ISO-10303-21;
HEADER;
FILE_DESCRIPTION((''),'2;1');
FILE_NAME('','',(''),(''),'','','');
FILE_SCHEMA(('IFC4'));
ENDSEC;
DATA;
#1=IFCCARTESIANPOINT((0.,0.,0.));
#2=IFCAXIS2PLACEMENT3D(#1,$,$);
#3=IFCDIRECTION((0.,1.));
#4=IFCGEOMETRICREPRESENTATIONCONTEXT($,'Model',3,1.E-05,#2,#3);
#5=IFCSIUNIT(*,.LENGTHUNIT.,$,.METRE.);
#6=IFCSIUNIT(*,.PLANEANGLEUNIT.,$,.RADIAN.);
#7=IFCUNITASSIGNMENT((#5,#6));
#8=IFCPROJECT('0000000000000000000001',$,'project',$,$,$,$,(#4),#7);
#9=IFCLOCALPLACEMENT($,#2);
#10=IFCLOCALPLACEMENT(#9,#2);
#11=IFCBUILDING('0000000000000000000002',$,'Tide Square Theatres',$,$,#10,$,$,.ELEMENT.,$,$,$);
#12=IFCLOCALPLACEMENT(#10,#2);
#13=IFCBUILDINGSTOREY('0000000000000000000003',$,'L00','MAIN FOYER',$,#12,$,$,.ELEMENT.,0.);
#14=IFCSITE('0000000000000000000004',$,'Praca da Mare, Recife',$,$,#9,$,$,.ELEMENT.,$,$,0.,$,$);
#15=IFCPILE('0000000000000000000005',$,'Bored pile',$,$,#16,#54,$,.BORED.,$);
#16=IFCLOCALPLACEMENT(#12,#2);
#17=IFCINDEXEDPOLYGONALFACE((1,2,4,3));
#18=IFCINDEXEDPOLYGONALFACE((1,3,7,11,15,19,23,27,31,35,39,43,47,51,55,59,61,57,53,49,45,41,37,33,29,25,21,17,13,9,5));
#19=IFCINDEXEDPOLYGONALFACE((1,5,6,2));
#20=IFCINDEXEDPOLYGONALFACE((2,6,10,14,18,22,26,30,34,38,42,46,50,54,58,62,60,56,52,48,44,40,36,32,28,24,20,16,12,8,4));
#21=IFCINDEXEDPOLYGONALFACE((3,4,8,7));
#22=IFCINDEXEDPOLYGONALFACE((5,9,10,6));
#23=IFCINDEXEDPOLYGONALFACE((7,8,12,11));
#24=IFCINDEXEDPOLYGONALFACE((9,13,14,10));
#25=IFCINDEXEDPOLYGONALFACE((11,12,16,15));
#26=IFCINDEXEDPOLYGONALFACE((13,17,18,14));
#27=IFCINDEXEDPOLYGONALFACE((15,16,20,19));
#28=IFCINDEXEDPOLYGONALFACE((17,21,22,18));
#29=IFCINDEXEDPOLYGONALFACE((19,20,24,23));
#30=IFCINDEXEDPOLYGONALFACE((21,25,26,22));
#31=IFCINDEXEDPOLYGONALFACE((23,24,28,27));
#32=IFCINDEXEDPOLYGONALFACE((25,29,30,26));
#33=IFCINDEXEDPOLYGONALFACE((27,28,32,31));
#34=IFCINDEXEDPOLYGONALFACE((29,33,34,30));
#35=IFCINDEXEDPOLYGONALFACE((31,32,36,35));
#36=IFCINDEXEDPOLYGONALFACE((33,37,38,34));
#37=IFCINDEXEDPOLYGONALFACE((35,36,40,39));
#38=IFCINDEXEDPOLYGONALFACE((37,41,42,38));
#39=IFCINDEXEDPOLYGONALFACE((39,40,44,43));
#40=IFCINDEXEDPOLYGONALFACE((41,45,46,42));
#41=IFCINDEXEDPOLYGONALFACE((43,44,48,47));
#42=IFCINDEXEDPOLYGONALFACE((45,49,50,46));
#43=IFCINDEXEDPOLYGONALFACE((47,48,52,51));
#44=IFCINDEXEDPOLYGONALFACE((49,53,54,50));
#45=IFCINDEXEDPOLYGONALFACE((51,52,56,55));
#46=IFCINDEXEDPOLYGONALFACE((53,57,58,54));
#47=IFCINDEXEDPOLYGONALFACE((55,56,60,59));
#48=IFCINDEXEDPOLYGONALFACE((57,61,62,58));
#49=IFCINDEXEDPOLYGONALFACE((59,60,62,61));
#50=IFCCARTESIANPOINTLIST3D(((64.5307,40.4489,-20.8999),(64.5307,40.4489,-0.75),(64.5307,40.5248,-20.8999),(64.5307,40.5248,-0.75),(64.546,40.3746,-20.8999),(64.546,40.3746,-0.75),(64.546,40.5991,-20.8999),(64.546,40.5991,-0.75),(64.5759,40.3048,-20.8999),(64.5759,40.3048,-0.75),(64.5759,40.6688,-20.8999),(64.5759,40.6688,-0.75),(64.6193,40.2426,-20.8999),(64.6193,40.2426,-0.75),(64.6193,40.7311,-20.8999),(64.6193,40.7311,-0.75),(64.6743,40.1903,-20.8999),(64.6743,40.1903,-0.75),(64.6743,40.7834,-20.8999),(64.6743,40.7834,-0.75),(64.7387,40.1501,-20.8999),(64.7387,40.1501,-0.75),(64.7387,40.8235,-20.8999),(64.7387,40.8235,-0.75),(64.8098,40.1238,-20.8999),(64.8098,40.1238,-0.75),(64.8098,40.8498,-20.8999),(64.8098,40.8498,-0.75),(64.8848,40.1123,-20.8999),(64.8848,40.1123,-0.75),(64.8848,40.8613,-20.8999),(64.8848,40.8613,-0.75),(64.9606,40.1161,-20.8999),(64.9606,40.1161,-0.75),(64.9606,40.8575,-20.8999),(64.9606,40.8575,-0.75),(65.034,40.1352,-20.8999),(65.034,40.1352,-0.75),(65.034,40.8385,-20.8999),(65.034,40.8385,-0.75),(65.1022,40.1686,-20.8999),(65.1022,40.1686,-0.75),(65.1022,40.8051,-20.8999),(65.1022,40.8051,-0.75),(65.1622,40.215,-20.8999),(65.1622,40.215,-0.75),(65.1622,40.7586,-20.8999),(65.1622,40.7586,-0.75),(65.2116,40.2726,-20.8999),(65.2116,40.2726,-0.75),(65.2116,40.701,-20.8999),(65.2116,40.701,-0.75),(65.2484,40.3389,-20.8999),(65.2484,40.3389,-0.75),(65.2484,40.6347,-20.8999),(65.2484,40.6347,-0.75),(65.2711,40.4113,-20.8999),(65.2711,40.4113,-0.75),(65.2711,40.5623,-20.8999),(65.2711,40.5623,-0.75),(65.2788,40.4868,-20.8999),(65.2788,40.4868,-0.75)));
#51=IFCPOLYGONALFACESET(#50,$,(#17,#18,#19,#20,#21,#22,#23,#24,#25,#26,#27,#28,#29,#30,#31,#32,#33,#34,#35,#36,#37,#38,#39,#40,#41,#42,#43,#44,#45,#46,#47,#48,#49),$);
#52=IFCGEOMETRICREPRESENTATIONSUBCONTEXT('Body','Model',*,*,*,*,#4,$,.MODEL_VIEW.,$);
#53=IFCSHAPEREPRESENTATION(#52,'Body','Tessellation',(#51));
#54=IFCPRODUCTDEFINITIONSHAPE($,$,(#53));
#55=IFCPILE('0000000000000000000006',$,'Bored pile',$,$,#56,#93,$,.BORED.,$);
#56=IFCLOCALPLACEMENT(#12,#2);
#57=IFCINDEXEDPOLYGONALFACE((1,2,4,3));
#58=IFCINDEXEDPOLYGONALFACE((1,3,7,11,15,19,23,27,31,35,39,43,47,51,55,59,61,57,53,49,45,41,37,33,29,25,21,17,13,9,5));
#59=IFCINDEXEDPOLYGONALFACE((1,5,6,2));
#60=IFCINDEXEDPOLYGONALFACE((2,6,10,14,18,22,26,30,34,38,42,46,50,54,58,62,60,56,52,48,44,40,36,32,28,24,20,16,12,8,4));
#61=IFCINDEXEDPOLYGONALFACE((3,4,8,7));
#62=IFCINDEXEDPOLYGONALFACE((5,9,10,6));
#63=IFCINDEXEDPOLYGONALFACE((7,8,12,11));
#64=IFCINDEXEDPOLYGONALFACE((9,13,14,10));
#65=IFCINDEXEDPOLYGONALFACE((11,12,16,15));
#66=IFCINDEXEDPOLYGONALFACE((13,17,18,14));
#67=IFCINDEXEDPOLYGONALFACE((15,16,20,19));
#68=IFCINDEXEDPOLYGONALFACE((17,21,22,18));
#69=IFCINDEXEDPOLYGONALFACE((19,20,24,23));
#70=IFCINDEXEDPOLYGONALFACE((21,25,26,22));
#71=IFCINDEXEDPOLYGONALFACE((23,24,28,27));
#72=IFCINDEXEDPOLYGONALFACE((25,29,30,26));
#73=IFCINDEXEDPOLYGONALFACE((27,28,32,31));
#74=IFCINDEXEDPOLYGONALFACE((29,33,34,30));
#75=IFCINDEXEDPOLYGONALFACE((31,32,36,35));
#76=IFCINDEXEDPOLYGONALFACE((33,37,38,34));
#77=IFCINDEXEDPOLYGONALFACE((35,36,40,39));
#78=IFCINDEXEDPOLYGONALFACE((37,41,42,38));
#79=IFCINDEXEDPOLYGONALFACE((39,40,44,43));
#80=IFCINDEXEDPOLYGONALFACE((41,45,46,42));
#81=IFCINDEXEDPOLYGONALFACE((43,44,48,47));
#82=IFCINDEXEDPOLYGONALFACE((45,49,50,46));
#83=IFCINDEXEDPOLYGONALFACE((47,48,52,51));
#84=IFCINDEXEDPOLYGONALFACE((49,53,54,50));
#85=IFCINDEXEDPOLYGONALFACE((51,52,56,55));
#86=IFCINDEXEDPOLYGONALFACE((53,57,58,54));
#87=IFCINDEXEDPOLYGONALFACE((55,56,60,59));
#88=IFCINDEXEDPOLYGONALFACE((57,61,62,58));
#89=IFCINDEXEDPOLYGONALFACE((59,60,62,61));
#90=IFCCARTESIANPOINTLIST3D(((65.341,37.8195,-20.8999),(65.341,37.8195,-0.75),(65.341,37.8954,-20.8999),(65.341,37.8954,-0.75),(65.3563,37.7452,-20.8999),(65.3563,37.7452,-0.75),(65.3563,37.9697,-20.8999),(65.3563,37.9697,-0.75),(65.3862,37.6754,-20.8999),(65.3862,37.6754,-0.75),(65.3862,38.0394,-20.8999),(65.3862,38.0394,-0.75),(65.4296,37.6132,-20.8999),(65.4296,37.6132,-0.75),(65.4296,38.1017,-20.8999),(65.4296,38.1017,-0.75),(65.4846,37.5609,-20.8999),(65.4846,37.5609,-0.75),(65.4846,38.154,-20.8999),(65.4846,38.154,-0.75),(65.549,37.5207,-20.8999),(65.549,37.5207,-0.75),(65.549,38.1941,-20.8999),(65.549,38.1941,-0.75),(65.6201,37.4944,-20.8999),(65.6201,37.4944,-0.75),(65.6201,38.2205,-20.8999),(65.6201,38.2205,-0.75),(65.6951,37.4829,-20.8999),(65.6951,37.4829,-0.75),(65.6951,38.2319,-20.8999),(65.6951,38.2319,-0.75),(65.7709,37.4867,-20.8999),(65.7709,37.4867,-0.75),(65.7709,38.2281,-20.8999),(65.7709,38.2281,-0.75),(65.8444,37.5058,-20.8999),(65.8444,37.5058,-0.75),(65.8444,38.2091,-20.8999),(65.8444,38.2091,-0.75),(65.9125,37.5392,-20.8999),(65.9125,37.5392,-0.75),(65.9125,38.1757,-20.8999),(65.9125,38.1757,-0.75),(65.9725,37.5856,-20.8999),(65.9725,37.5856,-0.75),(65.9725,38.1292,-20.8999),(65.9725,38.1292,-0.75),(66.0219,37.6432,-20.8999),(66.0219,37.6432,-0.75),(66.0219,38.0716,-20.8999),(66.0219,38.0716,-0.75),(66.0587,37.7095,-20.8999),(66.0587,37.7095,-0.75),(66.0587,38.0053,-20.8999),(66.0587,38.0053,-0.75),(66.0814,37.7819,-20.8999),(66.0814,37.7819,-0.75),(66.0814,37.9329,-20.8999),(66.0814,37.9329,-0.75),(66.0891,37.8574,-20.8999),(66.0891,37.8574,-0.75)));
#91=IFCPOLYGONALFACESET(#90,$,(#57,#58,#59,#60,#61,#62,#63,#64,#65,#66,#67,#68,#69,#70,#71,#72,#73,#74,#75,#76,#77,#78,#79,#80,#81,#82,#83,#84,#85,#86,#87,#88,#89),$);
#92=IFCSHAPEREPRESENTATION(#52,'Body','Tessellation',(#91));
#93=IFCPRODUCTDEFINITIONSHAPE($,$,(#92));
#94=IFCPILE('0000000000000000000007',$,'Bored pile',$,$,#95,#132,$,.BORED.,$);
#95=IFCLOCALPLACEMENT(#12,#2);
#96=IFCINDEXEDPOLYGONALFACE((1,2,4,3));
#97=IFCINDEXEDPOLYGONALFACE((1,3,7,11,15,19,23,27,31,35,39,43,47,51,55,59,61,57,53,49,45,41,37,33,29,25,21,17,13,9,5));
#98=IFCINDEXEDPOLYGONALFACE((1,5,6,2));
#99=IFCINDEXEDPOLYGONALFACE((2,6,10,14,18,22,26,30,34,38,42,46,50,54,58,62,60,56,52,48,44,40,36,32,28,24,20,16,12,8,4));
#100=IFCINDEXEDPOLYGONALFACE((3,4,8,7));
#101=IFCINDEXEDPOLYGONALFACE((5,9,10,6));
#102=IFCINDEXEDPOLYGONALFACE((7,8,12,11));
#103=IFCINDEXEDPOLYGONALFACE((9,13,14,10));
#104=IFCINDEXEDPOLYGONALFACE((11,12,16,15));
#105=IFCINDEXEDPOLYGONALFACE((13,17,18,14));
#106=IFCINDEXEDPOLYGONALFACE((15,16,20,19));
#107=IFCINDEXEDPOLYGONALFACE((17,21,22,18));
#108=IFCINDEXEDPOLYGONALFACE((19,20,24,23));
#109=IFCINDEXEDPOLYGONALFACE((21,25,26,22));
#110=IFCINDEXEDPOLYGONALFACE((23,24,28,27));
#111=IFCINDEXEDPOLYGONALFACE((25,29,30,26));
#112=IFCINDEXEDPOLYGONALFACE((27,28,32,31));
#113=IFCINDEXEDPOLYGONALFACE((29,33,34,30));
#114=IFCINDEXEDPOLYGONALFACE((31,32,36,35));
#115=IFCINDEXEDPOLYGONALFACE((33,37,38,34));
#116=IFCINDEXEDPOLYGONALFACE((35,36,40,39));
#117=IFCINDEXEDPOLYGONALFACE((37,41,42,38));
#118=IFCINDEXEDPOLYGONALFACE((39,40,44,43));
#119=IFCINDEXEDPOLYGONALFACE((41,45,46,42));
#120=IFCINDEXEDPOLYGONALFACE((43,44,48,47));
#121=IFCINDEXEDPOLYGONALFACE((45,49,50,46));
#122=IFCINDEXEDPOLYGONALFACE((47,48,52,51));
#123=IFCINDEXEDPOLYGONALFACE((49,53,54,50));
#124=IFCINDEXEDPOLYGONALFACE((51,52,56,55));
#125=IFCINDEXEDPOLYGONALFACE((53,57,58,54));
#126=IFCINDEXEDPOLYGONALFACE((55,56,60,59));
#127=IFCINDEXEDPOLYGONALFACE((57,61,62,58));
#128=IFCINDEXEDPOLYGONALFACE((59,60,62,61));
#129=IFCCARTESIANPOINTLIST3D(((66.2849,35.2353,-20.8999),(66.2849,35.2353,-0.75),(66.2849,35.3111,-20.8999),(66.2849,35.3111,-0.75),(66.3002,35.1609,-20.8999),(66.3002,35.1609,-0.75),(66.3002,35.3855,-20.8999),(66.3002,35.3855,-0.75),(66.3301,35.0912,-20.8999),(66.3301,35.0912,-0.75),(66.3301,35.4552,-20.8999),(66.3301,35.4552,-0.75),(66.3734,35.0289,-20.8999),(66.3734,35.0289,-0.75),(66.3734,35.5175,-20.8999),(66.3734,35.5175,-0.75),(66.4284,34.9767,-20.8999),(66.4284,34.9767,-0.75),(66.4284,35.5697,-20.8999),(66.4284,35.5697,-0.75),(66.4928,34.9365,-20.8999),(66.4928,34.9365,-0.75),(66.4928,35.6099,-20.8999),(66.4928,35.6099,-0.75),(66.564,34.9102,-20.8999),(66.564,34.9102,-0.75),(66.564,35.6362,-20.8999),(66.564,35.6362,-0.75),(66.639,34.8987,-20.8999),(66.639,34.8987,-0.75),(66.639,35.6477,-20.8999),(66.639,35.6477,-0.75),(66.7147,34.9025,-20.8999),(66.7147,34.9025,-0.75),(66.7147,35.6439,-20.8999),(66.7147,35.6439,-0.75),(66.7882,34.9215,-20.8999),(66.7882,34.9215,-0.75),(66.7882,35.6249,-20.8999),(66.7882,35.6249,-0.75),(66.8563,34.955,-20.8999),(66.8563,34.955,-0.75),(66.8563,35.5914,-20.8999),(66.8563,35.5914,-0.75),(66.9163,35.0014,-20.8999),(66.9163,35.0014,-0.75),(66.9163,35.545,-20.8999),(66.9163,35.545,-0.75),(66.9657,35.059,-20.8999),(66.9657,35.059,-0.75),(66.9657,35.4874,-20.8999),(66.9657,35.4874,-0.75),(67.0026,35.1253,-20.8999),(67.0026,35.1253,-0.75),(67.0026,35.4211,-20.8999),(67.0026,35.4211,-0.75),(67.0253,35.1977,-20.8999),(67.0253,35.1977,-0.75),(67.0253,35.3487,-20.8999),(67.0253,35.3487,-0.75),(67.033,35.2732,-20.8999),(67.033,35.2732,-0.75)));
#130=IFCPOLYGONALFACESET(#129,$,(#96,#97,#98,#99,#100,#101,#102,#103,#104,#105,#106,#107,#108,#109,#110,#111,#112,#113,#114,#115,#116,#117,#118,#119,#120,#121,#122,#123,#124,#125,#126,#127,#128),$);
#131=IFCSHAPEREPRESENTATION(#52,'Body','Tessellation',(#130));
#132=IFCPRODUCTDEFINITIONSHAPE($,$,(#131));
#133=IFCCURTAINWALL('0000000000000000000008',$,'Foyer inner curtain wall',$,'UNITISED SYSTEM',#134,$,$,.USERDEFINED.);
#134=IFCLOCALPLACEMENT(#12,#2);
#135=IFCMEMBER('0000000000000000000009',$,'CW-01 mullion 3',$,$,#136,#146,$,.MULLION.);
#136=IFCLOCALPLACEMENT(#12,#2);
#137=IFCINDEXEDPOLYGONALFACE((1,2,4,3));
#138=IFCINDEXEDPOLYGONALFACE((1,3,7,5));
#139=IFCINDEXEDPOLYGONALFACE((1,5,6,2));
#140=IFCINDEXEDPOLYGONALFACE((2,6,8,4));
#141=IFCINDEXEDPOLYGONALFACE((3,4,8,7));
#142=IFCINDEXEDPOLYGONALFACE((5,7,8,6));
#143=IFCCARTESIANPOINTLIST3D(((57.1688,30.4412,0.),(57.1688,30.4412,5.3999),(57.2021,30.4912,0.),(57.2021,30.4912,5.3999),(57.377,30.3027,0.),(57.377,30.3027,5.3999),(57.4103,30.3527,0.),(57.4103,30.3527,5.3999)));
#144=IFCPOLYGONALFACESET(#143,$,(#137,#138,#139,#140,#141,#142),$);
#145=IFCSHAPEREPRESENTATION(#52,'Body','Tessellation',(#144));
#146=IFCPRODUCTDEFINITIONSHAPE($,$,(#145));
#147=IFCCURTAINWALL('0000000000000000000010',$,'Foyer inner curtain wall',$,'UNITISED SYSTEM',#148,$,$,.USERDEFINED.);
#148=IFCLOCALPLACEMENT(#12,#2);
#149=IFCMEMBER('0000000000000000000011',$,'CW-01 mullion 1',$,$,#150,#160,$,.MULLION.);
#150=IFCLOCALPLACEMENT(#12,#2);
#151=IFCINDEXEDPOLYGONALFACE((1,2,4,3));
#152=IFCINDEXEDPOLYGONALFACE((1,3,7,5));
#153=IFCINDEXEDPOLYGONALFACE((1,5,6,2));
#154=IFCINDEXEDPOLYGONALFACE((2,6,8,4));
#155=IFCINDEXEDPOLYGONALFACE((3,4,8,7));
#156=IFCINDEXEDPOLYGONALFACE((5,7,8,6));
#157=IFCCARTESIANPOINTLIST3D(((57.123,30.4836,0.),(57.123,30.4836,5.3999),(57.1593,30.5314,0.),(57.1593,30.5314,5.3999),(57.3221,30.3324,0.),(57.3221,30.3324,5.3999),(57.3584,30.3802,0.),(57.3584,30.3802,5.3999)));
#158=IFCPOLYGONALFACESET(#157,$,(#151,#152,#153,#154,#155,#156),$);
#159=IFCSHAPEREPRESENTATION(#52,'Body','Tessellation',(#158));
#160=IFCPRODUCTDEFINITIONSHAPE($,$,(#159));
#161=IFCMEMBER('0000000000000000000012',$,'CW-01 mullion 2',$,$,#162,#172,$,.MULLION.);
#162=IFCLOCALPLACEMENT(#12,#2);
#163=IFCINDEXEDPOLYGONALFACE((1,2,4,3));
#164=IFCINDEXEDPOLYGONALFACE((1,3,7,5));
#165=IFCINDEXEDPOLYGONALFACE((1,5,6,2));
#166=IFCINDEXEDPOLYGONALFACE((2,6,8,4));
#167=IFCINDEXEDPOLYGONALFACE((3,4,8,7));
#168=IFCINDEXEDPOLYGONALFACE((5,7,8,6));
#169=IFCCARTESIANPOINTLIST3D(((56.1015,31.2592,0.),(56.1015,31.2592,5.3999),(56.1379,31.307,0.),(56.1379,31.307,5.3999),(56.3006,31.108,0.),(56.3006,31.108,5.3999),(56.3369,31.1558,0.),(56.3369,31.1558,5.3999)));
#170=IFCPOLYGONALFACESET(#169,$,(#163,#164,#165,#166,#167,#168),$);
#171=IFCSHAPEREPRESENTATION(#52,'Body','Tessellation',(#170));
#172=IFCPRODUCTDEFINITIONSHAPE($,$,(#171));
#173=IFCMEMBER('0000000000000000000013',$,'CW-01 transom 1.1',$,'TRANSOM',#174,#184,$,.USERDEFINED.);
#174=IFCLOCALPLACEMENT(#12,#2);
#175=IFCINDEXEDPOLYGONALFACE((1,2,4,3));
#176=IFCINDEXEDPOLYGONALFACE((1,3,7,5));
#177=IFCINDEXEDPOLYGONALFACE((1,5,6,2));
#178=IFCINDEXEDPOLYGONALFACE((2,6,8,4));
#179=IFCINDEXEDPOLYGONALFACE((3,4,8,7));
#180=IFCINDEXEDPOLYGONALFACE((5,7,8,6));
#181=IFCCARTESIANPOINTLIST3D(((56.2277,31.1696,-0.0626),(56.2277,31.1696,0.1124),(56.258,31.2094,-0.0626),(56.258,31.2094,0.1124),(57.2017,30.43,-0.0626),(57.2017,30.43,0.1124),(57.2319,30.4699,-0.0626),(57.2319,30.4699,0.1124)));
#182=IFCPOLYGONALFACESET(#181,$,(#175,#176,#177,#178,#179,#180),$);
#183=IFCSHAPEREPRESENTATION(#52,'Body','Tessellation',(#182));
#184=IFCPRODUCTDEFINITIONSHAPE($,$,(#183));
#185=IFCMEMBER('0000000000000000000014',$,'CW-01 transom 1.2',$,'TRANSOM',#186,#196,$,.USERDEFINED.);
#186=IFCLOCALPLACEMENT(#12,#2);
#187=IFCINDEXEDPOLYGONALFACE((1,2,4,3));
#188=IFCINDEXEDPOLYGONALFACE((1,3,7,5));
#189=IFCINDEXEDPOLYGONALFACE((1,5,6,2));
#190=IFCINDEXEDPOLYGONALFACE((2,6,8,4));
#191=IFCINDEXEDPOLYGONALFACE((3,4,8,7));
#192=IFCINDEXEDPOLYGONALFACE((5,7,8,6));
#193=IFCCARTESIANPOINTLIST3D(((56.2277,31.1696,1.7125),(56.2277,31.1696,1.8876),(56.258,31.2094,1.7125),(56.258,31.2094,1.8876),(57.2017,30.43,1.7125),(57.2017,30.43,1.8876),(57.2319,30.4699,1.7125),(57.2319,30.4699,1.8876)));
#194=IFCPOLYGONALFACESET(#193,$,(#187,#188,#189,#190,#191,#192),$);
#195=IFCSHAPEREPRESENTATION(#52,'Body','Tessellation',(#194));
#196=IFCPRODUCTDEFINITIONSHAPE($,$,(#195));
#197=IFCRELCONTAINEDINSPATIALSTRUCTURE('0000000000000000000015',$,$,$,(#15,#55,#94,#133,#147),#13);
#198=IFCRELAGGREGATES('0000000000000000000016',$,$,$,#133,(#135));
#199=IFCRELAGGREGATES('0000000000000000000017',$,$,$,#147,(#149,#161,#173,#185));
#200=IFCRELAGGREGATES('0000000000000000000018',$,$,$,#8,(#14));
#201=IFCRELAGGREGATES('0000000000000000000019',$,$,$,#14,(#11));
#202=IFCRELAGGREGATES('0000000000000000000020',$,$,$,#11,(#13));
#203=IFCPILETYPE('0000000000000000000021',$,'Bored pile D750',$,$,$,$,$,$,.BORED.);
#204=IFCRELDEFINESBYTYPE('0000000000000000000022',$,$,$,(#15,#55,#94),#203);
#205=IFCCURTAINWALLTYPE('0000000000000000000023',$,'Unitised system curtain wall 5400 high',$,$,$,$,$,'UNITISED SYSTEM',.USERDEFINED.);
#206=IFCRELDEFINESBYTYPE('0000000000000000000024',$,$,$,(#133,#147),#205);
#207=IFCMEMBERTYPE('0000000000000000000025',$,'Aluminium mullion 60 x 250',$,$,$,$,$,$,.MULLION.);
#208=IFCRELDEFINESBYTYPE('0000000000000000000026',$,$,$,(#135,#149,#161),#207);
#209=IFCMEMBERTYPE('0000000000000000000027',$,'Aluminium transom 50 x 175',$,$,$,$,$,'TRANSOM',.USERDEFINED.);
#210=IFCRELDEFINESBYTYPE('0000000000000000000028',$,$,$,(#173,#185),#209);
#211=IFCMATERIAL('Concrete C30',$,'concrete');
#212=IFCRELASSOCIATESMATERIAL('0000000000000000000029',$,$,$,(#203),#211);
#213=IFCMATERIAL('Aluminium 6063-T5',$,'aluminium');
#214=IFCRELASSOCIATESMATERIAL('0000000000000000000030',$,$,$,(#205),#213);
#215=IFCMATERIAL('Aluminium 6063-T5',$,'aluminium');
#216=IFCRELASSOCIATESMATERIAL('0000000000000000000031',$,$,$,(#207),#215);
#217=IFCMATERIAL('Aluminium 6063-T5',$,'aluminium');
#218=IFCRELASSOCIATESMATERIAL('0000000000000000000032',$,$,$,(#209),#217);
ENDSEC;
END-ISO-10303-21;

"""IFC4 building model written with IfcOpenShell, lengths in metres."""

from ifc_helpers import new_model, si_unit, direction, frame, origin, origin_2d, place, context, subcontext, project, spatial, rectangle, circle, extrude, material, material_profile, profile_set, type_object, element, aggregate, save


model = new_model("IFC4")

# Units and contexts
model_context = context("Model", 3, precision=1e-05, world=origin(), true_north=direction((0.0, 1.0)))
body_context = subcontext(model_context, "Body", "Model", "MODEL_VIEW")
ifc_project = project(units=[si_unit("LENGTHUNIT", "METRE"), si_unit("PLANEANGLEUNIT", "RADIAN")], contexts=[model_context])

# Site, building, storey
site_placement = place(None, origin())
site = spatial("IfcSite", under=ifc_project, at=site_placement, Name="Praca da Mare, Recife", CompositionType="ELEMENT", RefElevation=0.0)
building_placement = place(site_placement, origin())
building = spatial("IfcBuilding", under=site, at=building_placement, Name="Tide Square Theatres", CompositionType="ELEMENT")
storey_placement = place(building_placement, origin())
storey = spatial("IfcBuildingStorey", under=building, at=storey_placement, Name="L00", Description="MAIN FOYER", CompositionType="ELEMENT", Elevation=0.0)

# Piles
ifc_material_1 = material(Name="Concrete C30", Category="concrete")
ifc_material_profile_1 = material_profile(ifc_material_1, circle(Radius=0.375, at=origin_2d()))
ifc_profile_set_1 = profile_set([ifc_material_profile_1], Name="Concrete C30")
pile_type = type_object("IfcPileType", Name="Bored pile D750", PredefinedType="BORED", material=ifc_profile_set_1)
for number, where, z_axis, x_axis, name in (
    (1, (64.9038, 40.4868, -0.75), (0.0, 0.0, -1.0), (1.0, 0.0, 0.0), "Bored pile"),
    (2, (65.7141, 37.8574, -0.75), (0.0, 0.0, -1.0), (1.0, 0.0, 0.0), "Bored pile"),
    (3, (66.658, 35.2732, -0.75), (0.0, 0.0, -1.0), (1.0, 0.0, 0.0), "Bored pile"),
):
    element("IfcPile", number, at=place(storey_placement, frame(where, z_axis=z_axis, x_axis=x_axis)), inside=storey, type_object=pile_type, Name=name, PredefinedType="BORED", context=body_context, shape_type="SweptSolid", body=[
        extrude(circle(Radius=0.375, at=origin_2d()), origin(), (0.0, 0.0, 1.0), 20.1499),
    ])

# Curtain wall, member
ifc_material_2 = material(Name="Aluminium 6063-T5", Category="aluminium")
curtain_wall_type = type_object("IfcCurtainWallType", Name="Unitised system curtain wall 5400 high", ElementType="UNITISED SYSTEM", PredefinedType="USERDEFINED", material=ifc_material_2)
curtain_wall_1_placement = place(storey_placement, origin())
curtain_wall_1 = element("IfcCurtainWall", 4, at=curtain_wall_1_placement, inside=storey, type_object=curtain_wall_type, Name="Foyer inner curtain wall", ObjectType="UNITISED SYSTEM", PredefinedType="USERDEFINED")
ifc_material_3 = material(Name="Aluminium 6063-T5", Category="aluminium")
ifc_material_profile_2 = material_profile(ifc_material_3, rectangle(XDim=0.0601, YDim=0.25, at=origin_2d()))
ifc_profile_set_2 = profile_set([ifc_material_profile_2], Name="Aluminium 6063-T5")
member_type_1 = type_object("IfcMemberType", Name="Aluminium mullion 60 x 250", PredefinedType="MULLION", material=ifc_profile_set_2)
member_1_placement = place(storey_placement, frame((57.2896, 30.397, 0.0), z_axis=(0.0, 0.0, 1.0), x_axis=(-0.553915, -0.832573, 0.0)))
member_1 = element("IfcMember", 5, at=member_1_placement, type_object=member_type_1, Name="CW-01 mullion 3", PredefinedType="MULLION", context=body_context, shape_type="SweptSolid", body=[
    extrude(rectangle(XDim=0.0601, YDim=0.25, at=origin_2d()), origin(), (0.0, 0.0, 1.0), 5.3999),
])

# Curtain wall, members
curtain_wall_2_placement = place(storey_placement, origin())
curtain_wall_2 = element("IfcCurtainWall", 6, at=curtain_wall_2_placement, inside=storey, type_object=curtain_wall_type, Name="Foyer inner curtain wall", ObjectType="UNITISED SYSTEM", PredefinedType="USERDEFINED")
member_2_placement = place(storey_placement, frame((57.2407, 30.4319, 0.0), z_axis=(0.0, 0.0, 1.0), x_axis=(-0.604786, -0.796388, 0.0)))
member_2 = element("IfcMember", 7, at=member_2_placement, type_object=member_type_1, Name="CW-01 mullion 1", PredefinedType="MULLION", context=body_context, shape_type="SweptSolid", body=[
    extrude(rectangle(XDim=0.0601, YDim=0.25, at=origin_2d()), origin(), (0.0, 0.0, 1.0), 5.3999),
])
member_3_placement = place(storey_placement, frame((56.2192, 31.2075, 0.0), z_axis=(0.0, 0.0, 1.0), x_axis=(-0.604786, -0.796388, 0.0)))
member_3 = element("IfcMember", 8, at=member_3_placement, type_object=member_type_1, Name="CW-01 mullion 2", PredefinedType="MULLION", context=body_context, shape_type="SweptSolid", body=[
    extrude(rectangle(XDim=0.0601, YDim=0.25, at=origin_2d()), origin(), (0.0, 0.0, 1.0), 5.3999),
])
ifc_material_4 = material(Name="Aluminium 6063-T5", Category="aluminium")
ifc_material_profile_3 = material_profile(ifc_material_4, rectangle(XDim=0.05, YDim=0.175, at=origin_2d()))
ifc_profile_set_3 = profile_set([ifc_material_profile_3], Name="Aluminium 6063-T5")
member_type_2 = type_object("IfcMemberType", Name="Aluminium transom 50 x 175", ElementType="TRANSOM", PredefinedType="USERDEFINED", material=ifc_profile_set_3)
member_4_placement = place(storey_placement, frame((57.2168, 30.45, 0.0249), z_axis=(-0.796416, 0.604749, 0.0), x_axis=(-0.604749, -0.796416, 0.0)))
member_4 = element("IfcMember", 9, at=member_4_placement, type_object=member_type_2, Name="CW-01 transom 1.1", ObjectType="TRANSOM", PredefinedType="USERDEFINED", context=body_context, shape_type="SweptSolid", body=[
    extrude(rectangle(XDim=0.05, YDim=0.175, at=origin_2d()), origin(), (0.0, 0.0, 1.0), 1.2229),
])
member_5_placement = place(storey_placement, frame((57.2168, 30.45, 1.8), z_axis=(-0.796416, 0.604749, 0.0), x_axis=(-0.604749, -0.796416, 0.0)))
member_5 = element("IfcMember", 10, at=member_5_placement, type_object=member_type_2, Name="CW-01 transom 1.2", ObjectType="TRANSOM", PredefinedType="USERDEFINED", context=body_context, shape_type="SweptSolid", body=[
    extrude(rectangle(XDim=0.05, YDim=0.175, at=origin_2d()), origin(), (0.0, 0.0, 1.0), 1.2229),
])

aggregate(curtain_wall_1, [member_1])
aggregate(curtain_wall_2, [member_2, member_3, member_4, member_5])

save(model, "model.ifc")
